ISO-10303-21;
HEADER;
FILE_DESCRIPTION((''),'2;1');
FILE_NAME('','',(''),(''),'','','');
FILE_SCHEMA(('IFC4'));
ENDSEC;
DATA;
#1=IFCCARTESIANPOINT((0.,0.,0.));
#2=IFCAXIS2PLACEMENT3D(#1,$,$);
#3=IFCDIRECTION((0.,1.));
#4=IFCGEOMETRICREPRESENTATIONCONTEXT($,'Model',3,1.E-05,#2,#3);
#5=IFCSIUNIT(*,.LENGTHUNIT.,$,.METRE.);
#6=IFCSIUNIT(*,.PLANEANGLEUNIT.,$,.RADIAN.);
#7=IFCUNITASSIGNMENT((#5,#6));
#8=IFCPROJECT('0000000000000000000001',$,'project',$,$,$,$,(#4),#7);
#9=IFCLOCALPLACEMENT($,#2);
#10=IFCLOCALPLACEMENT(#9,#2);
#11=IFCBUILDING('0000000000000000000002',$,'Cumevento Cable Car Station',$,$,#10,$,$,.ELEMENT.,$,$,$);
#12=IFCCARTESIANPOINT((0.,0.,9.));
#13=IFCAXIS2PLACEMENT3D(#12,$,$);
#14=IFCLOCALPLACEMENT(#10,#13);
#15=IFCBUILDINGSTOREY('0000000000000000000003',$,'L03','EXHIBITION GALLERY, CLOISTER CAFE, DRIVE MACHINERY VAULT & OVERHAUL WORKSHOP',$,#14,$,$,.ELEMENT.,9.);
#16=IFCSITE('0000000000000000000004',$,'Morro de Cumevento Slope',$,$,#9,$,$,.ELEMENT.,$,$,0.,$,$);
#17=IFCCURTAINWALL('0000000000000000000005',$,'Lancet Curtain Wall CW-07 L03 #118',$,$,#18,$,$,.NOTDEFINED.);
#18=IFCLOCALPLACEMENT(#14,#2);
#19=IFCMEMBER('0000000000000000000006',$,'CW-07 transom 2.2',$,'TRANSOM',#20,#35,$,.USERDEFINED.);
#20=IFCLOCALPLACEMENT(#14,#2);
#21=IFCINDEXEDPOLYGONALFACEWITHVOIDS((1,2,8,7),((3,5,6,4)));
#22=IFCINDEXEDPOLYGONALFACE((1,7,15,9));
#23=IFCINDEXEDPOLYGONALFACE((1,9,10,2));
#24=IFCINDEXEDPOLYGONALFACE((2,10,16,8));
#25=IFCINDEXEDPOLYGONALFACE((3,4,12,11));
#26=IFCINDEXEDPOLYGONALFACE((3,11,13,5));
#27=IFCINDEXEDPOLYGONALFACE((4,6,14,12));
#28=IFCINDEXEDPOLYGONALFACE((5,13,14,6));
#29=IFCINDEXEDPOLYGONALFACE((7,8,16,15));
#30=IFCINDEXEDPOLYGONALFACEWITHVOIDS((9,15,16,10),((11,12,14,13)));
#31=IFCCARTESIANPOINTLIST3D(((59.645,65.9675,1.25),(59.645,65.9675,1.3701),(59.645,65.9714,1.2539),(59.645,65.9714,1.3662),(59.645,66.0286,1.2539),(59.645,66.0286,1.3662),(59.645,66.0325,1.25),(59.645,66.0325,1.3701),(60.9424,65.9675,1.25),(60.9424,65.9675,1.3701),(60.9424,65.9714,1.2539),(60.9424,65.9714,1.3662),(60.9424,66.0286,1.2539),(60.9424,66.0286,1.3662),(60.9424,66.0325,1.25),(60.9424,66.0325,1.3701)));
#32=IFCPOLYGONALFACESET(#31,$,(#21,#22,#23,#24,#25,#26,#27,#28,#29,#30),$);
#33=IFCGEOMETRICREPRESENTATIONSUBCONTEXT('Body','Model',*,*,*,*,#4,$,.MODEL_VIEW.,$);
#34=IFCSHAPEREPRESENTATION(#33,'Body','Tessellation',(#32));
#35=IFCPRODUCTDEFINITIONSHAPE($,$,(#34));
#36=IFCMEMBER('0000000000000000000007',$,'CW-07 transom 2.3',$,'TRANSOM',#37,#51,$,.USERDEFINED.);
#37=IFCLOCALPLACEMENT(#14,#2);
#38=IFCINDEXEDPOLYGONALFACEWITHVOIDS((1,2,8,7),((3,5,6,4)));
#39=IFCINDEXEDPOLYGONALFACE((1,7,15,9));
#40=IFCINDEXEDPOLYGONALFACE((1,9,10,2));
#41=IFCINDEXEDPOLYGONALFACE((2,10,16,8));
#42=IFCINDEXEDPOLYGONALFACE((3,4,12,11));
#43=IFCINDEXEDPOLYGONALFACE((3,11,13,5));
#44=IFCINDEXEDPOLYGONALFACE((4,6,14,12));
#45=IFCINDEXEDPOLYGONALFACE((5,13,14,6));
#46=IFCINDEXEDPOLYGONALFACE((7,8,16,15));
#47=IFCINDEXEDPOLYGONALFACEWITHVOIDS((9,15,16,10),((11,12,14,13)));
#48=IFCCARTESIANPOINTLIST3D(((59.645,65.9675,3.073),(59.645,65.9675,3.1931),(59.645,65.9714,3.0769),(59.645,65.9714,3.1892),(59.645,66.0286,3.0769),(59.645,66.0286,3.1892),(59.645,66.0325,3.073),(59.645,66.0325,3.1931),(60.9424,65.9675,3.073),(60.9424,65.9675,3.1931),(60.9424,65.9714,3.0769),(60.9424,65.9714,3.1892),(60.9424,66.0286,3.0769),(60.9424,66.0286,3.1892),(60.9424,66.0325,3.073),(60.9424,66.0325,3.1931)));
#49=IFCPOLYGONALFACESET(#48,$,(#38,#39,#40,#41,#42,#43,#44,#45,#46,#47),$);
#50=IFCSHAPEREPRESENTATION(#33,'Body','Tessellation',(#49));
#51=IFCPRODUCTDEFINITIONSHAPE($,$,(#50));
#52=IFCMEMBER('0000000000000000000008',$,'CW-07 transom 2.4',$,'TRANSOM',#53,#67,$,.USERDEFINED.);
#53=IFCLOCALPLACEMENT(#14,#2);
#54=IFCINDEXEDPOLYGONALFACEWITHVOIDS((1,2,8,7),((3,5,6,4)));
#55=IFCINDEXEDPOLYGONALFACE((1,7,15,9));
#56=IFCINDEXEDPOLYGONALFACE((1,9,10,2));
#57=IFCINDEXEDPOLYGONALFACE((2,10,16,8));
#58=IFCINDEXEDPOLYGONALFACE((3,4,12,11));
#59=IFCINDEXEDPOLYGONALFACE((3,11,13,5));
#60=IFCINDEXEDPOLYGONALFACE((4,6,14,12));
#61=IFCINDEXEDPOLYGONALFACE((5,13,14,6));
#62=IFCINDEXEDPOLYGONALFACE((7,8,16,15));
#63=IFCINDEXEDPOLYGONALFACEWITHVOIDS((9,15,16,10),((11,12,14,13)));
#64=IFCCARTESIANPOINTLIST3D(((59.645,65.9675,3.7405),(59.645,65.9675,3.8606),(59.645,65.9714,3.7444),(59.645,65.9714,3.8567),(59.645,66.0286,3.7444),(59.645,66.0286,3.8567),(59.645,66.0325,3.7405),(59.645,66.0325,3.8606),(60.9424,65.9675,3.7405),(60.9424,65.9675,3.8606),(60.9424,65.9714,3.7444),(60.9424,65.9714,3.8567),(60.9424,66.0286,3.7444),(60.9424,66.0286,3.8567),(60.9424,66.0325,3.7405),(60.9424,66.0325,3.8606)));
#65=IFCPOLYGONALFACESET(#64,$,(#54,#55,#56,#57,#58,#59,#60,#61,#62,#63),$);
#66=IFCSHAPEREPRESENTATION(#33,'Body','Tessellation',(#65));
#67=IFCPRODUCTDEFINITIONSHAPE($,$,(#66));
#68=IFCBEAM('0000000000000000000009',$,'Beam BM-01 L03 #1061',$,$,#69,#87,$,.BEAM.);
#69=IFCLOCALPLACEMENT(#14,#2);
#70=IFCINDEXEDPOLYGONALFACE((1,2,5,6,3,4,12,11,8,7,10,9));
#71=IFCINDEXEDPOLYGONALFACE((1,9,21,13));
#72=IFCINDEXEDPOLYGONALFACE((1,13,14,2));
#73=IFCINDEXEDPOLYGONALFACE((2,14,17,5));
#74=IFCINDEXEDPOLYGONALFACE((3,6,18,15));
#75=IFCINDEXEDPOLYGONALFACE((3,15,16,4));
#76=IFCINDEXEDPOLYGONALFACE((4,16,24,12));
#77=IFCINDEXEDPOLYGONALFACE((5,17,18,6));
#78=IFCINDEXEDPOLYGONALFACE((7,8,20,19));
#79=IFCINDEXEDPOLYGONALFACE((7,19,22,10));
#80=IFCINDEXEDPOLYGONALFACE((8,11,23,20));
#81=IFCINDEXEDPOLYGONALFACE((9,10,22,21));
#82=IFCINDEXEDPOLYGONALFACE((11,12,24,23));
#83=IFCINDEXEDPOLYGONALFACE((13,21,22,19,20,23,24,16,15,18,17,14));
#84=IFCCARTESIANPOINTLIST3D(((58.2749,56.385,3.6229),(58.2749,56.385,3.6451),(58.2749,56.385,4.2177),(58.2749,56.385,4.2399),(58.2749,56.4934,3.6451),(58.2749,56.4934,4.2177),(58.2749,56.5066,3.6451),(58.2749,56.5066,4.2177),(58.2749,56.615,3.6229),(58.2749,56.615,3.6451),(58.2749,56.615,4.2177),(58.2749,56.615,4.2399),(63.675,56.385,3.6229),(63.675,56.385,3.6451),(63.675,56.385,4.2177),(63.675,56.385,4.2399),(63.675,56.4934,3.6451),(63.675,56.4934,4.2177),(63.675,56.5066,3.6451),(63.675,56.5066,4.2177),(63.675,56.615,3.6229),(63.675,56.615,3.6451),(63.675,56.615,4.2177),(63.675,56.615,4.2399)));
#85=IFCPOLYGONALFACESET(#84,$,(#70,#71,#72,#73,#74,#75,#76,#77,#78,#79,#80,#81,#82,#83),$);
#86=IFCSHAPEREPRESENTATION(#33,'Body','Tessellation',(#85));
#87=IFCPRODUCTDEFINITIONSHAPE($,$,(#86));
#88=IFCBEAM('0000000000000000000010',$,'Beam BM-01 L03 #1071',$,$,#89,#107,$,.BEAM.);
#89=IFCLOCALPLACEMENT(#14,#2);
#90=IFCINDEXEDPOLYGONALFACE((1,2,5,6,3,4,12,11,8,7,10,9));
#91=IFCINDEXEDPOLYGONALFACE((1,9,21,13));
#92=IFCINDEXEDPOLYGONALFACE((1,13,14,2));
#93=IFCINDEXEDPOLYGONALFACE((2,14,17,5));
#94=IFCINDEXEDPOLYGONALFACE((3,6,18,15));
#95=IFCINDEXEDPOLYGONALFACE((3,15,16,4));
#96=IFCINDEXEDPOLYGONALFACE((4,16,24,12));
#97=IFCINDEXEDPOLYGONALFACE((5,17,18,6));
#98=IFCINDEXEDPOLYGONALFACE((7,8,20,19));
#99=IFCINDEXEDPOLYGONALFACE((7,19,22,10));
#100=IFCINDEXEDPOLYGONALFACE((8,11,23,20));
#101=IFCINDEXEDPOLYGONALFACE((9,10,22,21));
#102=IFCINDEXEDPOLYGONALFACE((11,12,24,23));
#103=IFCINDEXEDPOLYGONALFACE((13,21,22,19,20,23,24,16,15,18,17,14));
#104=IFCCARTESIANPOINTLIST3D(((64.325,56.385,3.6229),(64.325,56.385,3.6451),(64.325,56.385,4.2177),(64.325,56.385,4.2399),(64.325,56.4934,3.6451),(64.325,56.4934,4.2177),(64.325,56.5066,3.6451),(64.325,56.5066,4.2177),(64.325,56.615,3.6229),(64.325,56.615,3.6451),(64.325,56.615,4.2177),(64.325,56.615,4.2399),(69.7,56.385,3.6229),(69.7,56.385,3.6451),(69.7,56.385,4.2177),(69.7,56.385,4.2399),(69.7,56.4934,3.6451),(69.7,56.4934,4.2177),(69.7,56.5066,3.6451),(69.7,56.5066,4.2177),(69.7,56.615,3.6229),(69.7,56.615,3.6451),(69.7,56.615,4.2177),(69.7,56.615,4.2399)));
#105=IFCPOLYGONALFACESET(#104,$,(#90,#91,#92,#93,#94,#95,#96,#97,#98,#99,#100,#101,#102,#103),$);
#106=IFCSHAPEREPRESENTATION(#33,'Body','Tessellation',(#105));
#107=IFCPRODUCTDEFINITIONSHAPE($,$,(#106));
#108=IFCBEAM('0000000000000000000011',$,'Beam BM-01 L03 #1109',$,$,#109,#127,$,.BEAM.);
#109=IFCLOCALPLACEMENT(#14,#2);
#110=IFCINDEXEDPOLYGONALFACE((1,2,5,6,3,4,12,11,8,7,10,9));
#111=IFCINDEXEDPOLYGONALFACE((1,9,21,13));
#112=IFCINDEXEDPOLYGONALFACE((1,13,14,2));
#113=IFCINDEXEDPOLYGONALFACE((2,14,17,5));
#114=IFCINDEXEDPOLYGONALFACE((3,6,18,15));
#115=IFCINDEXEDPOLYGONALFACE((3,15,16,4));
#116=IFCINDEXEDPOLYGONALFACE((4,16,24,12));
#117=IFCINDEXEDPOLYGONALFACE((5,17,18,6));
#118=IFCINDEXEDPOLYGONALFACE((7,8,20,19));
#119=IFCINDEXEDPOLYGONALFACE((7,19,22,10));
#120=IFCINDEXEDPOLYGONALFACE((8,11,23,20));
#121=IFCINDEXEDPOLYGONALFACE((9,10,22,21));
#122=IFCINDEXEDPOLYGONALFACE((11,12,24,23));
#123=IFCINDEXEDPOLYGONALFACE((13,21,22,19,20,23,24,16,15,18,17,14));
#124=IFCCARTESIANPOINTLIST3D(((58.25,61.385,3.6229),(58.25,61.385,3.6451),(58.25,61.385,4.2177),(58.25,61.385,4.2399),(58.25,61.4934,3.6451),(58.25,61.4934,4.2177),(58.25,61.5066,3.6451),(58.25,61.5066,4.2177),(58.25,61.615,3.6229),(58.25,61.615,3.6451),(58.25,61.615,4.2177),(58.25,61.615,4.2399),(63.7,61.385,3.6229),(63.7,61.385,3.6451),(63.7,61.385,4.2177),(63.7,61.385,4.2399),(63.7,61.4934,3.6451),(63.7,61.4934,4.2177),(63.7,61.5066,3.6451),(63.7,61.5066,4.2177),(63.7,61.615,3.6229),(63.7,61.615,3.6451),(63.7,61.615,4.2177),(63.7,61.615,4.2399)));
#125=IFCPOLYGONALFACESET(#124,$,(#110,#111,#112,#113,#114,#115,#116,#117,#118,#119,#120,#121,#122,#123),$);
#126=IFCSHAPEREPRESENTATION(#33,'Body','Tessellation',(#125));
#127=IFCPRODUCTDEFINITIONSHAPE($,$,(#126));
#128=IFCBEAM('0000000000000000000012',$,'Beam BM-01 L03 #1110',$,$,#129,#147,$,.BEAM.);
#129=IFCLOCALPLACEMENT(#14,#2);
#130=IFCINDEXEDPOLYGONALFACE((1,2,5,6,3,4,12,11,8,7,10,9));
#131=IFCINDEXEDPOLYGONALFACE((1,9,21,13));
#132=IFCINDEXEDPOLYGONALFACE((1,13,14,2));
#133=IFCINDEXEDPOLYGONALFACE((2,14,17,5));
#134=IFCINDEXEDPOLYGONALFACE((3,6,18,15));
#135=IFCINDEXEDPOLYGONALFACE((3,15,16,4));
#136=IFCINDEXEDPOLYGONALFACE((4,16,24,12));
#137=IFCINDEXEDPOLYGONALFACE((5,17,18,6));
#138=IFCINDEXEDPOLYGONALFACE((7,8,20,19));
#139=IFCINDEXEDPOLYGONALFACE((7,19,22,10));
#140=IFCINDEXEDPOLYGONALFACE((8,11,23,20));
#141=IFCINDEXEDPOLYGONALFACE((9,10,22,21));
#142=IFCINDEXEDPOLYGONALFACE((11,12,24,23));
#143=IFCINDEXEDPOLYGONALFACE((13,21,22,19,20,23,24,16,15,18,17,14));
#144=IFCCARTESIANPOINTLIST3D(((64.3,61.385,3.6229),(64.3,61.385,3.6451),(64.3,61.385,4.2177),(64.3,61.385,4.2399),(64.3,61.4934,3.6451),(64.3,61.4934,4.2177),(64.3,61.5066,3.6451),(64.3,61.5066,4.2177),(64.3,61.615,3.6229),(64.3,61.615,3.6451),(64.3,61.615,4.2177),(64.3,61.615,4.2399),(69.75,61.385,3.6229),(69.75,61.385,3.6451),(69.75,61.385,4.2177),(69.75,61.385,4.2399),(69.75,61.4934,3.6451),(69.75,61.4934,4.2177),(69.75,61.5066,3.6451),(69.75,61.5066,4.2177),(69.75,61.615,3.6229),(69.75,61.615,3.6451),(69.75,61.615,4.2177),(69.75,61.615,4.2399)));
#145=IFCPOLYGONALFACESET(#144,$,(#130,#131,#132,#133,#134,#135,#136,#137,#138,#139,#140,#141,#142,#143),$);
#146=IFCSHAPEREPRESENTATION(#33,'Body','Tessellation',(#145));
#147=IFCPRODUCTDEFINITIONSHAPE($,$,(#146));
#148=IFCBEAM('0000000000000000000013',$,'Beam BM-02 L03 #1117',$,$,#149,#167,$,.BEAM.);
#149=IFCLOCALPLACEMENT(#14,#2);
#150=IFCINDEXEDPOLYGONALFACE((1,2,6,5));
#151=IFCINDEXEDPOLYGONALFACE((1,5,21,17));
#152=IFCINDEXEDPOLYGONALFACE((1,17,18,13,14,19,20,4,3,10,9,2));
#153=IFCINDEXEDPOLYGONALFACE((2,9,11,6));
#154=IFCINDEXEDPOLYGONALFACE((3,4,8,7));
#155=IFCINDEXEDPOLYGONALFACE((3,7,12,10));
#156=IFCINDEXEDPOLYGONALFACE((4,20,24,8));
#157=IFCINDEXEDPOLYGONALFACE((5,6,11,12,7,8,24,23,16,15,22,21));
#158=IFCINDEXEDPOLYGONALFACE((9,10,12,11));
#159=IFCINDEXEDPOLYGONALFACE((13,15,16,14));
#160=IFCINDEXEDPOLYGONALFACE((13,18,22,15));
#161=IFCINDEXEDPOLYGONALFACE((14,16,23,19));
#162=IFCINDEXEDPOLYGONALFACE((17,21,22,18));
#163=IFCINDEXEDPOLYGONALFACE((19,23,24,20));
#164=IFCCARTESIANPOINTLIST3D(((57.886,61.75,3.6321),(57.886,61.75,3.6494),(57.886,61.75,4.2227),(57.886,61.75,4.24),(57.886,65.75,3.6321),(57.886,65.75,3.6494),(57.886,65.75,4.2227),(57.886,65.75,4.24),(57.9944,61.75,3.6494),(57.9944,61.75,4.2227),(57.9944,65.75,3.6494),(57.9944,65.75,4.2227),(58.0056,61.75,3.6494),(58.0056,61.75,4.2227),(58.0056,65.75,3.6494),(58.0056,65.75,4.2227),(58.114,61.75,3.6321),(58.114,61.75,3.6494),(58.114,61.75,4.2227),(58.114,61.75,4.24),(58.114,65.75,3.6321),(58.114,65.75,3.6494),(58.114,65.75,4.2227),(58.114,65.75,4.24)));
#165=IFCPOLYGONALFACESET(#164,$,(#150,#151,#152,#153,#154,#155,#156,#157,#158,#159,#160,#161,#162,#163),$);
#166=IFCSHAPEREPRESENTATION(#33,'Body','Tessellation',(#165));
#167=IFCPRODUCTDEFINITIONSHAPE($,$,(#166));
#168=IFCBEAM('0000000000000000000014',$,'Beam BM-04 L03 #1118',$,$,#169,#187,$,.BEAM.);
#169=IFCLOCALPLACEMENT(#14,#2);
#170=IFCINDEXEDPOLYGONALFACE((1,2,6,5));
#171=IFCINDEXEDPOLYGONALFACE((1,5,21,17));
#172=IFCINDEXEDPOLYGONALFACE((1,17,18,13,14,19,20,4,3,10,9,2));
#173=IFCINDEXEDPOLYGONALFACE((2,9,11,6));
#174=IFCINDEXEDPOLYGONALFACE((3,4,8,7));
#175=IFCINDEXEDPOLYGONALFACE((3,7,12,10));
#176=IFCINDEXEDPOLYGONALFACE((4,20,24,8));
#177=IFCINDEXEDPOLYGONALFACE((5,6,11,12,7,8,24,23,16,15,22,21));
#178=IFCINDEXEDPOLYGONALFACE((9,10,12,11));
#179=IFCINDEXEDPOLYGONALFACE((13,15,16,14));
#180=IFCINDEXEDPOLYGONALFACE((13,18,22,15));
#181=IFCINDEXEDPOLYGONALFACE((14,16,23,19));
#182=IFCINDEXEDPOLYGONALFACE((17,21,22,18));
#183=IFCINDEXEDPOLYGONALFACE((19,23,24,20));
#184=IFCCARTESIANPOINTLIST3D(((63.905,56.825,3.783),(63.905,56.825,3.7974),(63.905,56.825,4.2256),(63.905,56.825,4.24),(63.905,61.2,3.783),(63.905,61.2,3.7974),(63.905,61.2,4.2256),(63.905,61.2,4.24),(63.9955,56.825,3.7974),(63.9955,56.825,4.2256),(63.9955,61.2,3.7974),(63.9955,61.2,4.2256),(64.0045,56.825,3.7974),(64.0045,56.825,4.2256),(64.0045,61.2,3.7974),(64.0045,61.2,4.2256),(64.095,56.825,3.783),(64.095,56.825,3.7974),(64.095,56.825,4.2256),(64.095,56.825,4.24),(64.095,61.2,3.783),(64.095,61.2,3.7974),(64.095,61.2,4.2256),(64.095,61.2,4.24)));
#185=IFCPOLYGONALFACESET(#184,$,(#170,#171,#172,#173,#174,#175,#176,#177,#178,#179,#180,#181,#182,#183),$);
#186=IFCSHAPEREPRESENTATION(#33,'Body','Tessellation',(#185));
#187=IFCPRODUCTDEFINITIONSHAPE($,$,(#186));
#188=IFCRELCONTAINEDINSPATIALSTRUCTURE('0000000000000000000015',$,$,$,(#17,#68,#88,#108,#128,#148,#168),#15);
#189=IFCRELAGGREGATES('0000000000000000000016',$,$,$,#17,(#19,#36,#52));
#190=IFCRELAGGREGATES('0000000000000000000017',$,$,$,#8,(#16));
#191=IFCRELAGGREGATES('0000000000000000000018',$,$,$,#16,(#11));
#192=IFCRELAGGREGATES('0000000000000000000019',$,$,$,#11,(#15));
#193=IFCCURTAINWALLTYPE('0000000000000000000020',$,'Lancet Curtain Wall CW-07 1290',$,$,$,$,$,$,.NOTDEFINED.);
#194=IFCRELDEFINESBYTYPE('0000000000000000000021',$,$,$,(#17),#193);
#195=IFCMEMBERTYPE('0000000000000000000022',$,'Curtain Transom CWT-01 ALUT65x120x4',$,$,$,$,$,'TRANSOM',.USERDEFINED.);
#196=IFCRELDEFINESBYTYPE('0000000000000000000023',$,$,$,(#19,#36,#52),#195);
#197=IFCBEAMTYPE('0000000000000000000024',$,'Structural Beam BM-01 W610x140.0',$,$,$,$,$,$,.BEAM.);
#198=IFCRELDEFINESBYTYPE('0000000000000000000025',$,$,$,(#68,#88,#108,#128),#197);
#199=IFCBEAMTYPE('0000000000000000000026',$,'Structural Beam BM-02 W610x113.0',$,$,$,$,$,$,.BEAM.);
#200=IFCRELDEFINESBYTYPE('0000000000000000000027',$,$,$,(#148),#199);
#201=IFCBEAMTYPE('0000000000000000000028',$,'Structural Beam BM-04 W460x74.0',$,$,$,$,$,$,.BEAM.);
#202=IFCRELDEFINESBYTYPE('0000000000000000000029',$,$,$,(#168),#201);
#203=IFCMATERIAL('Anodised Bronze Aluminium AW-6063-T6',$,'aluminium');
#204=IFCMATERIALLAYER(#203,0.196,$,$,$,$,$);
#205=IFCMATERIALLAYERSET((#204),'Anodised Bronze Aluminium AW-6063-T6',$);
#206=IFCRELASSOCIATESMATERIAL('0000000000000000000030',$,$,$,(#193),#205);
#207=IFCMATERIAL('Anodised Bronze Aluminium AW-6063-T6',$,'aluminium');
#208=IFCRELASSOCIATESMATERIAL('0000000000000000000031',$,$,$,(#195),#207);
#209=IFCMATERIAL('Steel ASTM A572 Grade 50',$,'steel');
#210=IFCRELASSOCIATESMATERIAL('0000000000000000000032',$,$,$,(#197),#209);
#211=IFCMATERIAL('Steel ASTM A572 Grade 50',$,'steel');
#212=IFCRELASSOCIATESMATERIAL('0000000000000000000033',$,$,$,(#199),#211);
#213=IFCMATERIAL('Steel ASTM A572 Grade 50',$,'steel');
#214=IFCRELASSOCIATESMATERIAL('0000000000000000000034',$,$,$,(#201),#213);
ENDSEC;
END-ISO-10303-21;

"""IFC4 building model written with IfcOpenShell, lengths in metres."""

from ifc_helpers import new_model, si_unit, direction, frame, origin, origin_2d, place, context, subcontext, project, spatial, hollow_rectangle, i_section, extrude, material, layer, layer_set, material_profile, profile_set, type_object, element, aggregate, save


model = new_model("IFC4")

# Units and contexts
model_context = context("Model", 3, precision=1e-05, world=origin(), true_north=direction((0.0, 1.0)))
body_context = subcontext(model_context, "Body", "Model", "MODEL_VIEW")
ifc_project = project(units=[si_unit("LENGTHUNIT", "METRE"), si_unit("PLANEANGLEUNIT", "RADIAN")], contexts=[model_context])

# Site, building, storey
site_placement = place(None, origin())
site = spatial("IfcSite", under=ifc_project, at=site_placement, Name="Morro de Cumevento Slope", CompositionType="ELEMENT", RefElevation=0.0)
building_placement = place(site_placement, origin())
building = spatial("IfcBuilding", under=site, at=building_placement, Name="Cumevento Cable Car Station", CompositionType="ELEMENT")
storey_placement = place(building_placement, frame((0.0, 0.0, 9.0)))
storey = spatial("IfcBuildingStorey", under=building, at=storey_placement, Name="L03", Description="EXHIBITION GALLERY, CLOISTER CAFE, DRIVE MACHINERY VAULT & OVERHAUL WORKSHOP", CompositionType="ELEMENT", Elevation=9.0)

# Curtain wall, members
ifc_material_1 = material(Name="Anodised Bronze Aluminium AW-6063-T6", Category="aluminium")
ifc_layer_1 = layer(ifc_material_1, 0.196)
ifc_layer_set_1 = layer_set([ifc_layer_1], Name="Anodised Bronze Aluminium AW-6063-T6")
curtain_wall_type = type_object("IfcCurtainWallType", Name="Lancet Curtain Wall CW-07 1290", PredefinedType="NOTDEFINED", material=ifc_layer_set_1)
curtain_wall_placement = place(storey_placement, origin())
curtain_wall = element("IfcCurtainWall", 1, at=curtain_wall_placement, inside=storey, type_object=curtain_wall_type, Name="Lancet Curtain Wall CW-07 L03 #118", PredefinedType="NOTDEFINED")
ifc_material_2 = material(Name="Anodised Bronze Aluminium AW-6063-T6", Category="aluminium")
ifc_material_profile_1 = material_profile(ifc_material_2, hollow_rectangle(XDim=0.0649, YDim=0.1201, WallThickness=0.0039, at=origin_2d()), Name="ALUT65x120x4")
ifc_profile_set_1 = profile_set([ifc_material_profile_1], Name="Anodised Bronze Aluminium AW-6063-T6")
member_type_1 = type_object("IfcMemberType", Name="Curtain Transom CWT-01 ALUT65x120x4", ElementType="TRANSOM", PredefinedType="USERDEFINED", material=ifc_profile_set_1)
member_1_placement = place(storey_placement, frame((59.645, 66.0, 1.3101), z_axis=(1.0, 0.0, 0.0), x_axis=(0.0, 1.0, 0.0)))
member_1 = element("IfcMember", 2, at=member_1_placement, type_object=member_type_1, Name="CW-07 transom 2.2", ObjectType="TRANSOM", PredefinedType="USERDEFINED", context=body_context, shape_type="SweptSolid", body=[
    extrude(hollow_rectangle(XDim=0.0649, YDim=0.1201, WallThickness=0.0039, at=origin_2d()), origin(), (0.0, 0.0, 1.0), 1.2974),
])
member_2_placement = place(storey_placement, frame((59.645, 66.0, 3.1331), z_axis=(1.0, 0.0, 0.0), x_axis=(0.0, 1.0, 0.0)))
member_2 = element("IfcMember", 3, at=member_2_placement, type_object=member_type_1, Name="CW-07 transom 2.3", ObjectType="TRANSOM", PredefinedType="USERDEFINED", context=body_context, shape_type="SweptSolid", body=[
    extrude(hollow_rectangle(XDim=0.0649, YDim=0.1201, WallThickness=0.0039, at=origin_2d()), origin(), (0.0, 0.0, 1.0), 1.2974),
])
member_3_placement = place(storey_placement, frame((59.645, 66.0, 3.8005), z_axis=(1.0, 0.0, 0.0), x_axis=(0.0, 1.0, 0.0)))
member_3 = element("IfcMember", 4, at=member_3_placement, type_object=member_type_1, Name="CW-07 transom 2.4", ObjectType="TRANSOM", PredefinedType="USERDEFINED", context=body_context, shape_type="SweptSolid", body=[
    extrude(hollow_rectangle(XDim=0.0649, YDim=0.1201, WallThickness=0.0039, at=origin_2d()), origin(), (0.0, 0.0, 1.0), 1.2974),
])

# Beams
ifc_material_3 = material(Name="Steel ASTM A572 Grade 50", Category="steel")
ifc_material_profile_2 = material_profile(ifc_material_3, i_section(OverallWidth=0.23, OverallDepth=0.6169, WebThickness=0.0132, FlangeThickness=0.0222, at=origin_2d()), Name="W610x140.0")
ifc_profile_set_2 = profile_set([ifc_material_profile_2], Name="Steel ASTM A572 Grade 50")
beam_type_1 = type_object("IfcBeamType", Name="Structural Beam BM-01 W610x140.0", PredefinedType="BEAM", material=ifc_profile_set_2)
beam_1_placement = place(storey_placement, frame((58.2749, 56.5, 3.9314), z_axis=(1.0, 0.0, 0.0), x_axis=(0.0, 1.0, 0.0)))
element("IfcBeam", 5, at=beam_1_placement, inside=storey, type_object=beam_type_1, Name="Beam BM-01 L03 #1061", PredefinedType="BEAM", context=body_context, shape_type="SweptSolid", body=[
    extrude(i_section(OverallWidth=0.23, OverallDepth=0.6169, WebThickness=0.0132, FlangeThickness=0.0222, at=origin_2d()), origin(), (0.0, 0.0, 1.0), 5.4001),
])
beam_2_placement = place(storey_placement, frame((64.325, 56.5, 3.9314), z_axis=(1.0, 0.0, 0.0), x_axis=(0.0, 1.0, 0.0)))
element("IfcBeam", 6, at=beam_2_placement, inside=storey, type_object=beam_type_1, Name="Beam BM-01 L03 #1071", PredefinedType="BEAM", context=body_context, shape_type="SweptSolid", body=[
    extrude(i_section(OverallWidth=0.23, OverallDepth=0.6169, WebThickness=0.0132, FlangeThickness=0.0222, at=origin_2d()), origin(), (0.0, 0.0, 1.0), 5.375),
])
for number, where, z_axis, x_axis, name in (
    (7, (58.25, 61.5, 3.9314), (1.0, 0.0, 0.0), (0.0, 1.0, 0.0), "Beam BM-01 L03 #1109"),
    (8, (64.3, 61.5, 3.9314), (1.0, 0.0, 0.0), (0.0, 1.0, 0.0), "Beam BM-01 L03 #1110"),
):
    element("IfcBeam", number, at=place(storey_placement, frame(where, z_axis=z_axis, x_axis=x_axis)), inside=storey, type_object=beam_type_1, Name=name, PredefinedType="BEAM", context=body_context, shape_type="SweptSolid", body=[
        extrude(i_section(OverallWidth=0.23, OverallDepth=0.6169, WebThickness=0.0132, FlangeThickness=0.0222, at=origin_2d()), origin(), (0.0, 0.0, 1.0), 5.45),
    ])
ifc_material_4 = material(Name="Steel ASTM A572 Grade 50", Category="steel")
ifc_material_profile_3 = material_profile(ifc_material_4, i_section(OverallWidth=0.228, OverallDepth=0.6079, WebThickness=0.0112, FlangeThickness=0.0173, at=origin_2d()), Name="W610x113.0")
ifc_profile_set_3 = profile_set([ifc_material_profile_3], Name="Steel ASTM A572 Grade 50")
beam_type_2 = type_object("IfcBeamType", Name="Structural Beam BM-02 W610x113.0", PredefinedType="BEAM", material=ifc_profile_set_3)
beam_3_placement = place(storey_placement, frame((58.0, 61.75, 3.936), z_axis=(0.0, 1.0, 0.0), x_axis=(-1.0, 0.0, 0.0)))
element("IfcBeam", 9, at=beam_3_placement, inside=storey, type_object=beam_type_2, Name="Beam BM-02 L03 #1117", PredefinedType="BEAM", context=body_context, shape_type="SweptSolid", body=[
    extrude(i_section(OverallWidth=0.228, OverallDepth=0.6079, WebThickness=0.0112, FlangeThickness=0.0173, at=origin_2d()), origin(), (0.0, 0.0, 1.0), 4.0),
])
ifc_material_5 = material(Name="Steel ASTM A572 Grade 50", Category="steel")
ifc_material_profile_4 = material_profile(ifc_material_5, i_section(OverallWidth=0.1899, OverallDepth=0.457, WebThickness=0.009, FlangeThickness=0.0144, at=origin_2d()), Name="W460x74.0")
ifc_profile_set_4 = profile_set([ifc_material_profile_4], Name="Steel ASTM A572 Grade 50")
beam_type_3 = type_object("IfcBeamType", Name="Structural Beam BM-04 W460x74.0", PredefinedType="BEAM", material=ifc_profile_set_4)
beam_4_placement = place(storey_placement, frame((64.0, 56.825, 4.0115), z_axis=(0.0, 1.0, 0.0), x_axis=(-1.0, 0.0, 0.0)))
element("IfcBeam", 10, at=beam_4_placement, inside=storey, type_object=beam_type_3, Name="Beam BM-04 L03 #1118", PredefinedType="BEAM", context=body_context, shape_type="SweptSolid", body=[
    extrude(i_section(OverallWidth=0.1899, OverallDepth=0.457, WebThickness=0.009, FlangeThickness=0.0144, at=origin_2d()), origin(), (0.0, 0.0, 1.0), 4.375),
])

aggregate(curtain_wall, [member_1, member_2, member_3])

save(model, "model.ifc")
